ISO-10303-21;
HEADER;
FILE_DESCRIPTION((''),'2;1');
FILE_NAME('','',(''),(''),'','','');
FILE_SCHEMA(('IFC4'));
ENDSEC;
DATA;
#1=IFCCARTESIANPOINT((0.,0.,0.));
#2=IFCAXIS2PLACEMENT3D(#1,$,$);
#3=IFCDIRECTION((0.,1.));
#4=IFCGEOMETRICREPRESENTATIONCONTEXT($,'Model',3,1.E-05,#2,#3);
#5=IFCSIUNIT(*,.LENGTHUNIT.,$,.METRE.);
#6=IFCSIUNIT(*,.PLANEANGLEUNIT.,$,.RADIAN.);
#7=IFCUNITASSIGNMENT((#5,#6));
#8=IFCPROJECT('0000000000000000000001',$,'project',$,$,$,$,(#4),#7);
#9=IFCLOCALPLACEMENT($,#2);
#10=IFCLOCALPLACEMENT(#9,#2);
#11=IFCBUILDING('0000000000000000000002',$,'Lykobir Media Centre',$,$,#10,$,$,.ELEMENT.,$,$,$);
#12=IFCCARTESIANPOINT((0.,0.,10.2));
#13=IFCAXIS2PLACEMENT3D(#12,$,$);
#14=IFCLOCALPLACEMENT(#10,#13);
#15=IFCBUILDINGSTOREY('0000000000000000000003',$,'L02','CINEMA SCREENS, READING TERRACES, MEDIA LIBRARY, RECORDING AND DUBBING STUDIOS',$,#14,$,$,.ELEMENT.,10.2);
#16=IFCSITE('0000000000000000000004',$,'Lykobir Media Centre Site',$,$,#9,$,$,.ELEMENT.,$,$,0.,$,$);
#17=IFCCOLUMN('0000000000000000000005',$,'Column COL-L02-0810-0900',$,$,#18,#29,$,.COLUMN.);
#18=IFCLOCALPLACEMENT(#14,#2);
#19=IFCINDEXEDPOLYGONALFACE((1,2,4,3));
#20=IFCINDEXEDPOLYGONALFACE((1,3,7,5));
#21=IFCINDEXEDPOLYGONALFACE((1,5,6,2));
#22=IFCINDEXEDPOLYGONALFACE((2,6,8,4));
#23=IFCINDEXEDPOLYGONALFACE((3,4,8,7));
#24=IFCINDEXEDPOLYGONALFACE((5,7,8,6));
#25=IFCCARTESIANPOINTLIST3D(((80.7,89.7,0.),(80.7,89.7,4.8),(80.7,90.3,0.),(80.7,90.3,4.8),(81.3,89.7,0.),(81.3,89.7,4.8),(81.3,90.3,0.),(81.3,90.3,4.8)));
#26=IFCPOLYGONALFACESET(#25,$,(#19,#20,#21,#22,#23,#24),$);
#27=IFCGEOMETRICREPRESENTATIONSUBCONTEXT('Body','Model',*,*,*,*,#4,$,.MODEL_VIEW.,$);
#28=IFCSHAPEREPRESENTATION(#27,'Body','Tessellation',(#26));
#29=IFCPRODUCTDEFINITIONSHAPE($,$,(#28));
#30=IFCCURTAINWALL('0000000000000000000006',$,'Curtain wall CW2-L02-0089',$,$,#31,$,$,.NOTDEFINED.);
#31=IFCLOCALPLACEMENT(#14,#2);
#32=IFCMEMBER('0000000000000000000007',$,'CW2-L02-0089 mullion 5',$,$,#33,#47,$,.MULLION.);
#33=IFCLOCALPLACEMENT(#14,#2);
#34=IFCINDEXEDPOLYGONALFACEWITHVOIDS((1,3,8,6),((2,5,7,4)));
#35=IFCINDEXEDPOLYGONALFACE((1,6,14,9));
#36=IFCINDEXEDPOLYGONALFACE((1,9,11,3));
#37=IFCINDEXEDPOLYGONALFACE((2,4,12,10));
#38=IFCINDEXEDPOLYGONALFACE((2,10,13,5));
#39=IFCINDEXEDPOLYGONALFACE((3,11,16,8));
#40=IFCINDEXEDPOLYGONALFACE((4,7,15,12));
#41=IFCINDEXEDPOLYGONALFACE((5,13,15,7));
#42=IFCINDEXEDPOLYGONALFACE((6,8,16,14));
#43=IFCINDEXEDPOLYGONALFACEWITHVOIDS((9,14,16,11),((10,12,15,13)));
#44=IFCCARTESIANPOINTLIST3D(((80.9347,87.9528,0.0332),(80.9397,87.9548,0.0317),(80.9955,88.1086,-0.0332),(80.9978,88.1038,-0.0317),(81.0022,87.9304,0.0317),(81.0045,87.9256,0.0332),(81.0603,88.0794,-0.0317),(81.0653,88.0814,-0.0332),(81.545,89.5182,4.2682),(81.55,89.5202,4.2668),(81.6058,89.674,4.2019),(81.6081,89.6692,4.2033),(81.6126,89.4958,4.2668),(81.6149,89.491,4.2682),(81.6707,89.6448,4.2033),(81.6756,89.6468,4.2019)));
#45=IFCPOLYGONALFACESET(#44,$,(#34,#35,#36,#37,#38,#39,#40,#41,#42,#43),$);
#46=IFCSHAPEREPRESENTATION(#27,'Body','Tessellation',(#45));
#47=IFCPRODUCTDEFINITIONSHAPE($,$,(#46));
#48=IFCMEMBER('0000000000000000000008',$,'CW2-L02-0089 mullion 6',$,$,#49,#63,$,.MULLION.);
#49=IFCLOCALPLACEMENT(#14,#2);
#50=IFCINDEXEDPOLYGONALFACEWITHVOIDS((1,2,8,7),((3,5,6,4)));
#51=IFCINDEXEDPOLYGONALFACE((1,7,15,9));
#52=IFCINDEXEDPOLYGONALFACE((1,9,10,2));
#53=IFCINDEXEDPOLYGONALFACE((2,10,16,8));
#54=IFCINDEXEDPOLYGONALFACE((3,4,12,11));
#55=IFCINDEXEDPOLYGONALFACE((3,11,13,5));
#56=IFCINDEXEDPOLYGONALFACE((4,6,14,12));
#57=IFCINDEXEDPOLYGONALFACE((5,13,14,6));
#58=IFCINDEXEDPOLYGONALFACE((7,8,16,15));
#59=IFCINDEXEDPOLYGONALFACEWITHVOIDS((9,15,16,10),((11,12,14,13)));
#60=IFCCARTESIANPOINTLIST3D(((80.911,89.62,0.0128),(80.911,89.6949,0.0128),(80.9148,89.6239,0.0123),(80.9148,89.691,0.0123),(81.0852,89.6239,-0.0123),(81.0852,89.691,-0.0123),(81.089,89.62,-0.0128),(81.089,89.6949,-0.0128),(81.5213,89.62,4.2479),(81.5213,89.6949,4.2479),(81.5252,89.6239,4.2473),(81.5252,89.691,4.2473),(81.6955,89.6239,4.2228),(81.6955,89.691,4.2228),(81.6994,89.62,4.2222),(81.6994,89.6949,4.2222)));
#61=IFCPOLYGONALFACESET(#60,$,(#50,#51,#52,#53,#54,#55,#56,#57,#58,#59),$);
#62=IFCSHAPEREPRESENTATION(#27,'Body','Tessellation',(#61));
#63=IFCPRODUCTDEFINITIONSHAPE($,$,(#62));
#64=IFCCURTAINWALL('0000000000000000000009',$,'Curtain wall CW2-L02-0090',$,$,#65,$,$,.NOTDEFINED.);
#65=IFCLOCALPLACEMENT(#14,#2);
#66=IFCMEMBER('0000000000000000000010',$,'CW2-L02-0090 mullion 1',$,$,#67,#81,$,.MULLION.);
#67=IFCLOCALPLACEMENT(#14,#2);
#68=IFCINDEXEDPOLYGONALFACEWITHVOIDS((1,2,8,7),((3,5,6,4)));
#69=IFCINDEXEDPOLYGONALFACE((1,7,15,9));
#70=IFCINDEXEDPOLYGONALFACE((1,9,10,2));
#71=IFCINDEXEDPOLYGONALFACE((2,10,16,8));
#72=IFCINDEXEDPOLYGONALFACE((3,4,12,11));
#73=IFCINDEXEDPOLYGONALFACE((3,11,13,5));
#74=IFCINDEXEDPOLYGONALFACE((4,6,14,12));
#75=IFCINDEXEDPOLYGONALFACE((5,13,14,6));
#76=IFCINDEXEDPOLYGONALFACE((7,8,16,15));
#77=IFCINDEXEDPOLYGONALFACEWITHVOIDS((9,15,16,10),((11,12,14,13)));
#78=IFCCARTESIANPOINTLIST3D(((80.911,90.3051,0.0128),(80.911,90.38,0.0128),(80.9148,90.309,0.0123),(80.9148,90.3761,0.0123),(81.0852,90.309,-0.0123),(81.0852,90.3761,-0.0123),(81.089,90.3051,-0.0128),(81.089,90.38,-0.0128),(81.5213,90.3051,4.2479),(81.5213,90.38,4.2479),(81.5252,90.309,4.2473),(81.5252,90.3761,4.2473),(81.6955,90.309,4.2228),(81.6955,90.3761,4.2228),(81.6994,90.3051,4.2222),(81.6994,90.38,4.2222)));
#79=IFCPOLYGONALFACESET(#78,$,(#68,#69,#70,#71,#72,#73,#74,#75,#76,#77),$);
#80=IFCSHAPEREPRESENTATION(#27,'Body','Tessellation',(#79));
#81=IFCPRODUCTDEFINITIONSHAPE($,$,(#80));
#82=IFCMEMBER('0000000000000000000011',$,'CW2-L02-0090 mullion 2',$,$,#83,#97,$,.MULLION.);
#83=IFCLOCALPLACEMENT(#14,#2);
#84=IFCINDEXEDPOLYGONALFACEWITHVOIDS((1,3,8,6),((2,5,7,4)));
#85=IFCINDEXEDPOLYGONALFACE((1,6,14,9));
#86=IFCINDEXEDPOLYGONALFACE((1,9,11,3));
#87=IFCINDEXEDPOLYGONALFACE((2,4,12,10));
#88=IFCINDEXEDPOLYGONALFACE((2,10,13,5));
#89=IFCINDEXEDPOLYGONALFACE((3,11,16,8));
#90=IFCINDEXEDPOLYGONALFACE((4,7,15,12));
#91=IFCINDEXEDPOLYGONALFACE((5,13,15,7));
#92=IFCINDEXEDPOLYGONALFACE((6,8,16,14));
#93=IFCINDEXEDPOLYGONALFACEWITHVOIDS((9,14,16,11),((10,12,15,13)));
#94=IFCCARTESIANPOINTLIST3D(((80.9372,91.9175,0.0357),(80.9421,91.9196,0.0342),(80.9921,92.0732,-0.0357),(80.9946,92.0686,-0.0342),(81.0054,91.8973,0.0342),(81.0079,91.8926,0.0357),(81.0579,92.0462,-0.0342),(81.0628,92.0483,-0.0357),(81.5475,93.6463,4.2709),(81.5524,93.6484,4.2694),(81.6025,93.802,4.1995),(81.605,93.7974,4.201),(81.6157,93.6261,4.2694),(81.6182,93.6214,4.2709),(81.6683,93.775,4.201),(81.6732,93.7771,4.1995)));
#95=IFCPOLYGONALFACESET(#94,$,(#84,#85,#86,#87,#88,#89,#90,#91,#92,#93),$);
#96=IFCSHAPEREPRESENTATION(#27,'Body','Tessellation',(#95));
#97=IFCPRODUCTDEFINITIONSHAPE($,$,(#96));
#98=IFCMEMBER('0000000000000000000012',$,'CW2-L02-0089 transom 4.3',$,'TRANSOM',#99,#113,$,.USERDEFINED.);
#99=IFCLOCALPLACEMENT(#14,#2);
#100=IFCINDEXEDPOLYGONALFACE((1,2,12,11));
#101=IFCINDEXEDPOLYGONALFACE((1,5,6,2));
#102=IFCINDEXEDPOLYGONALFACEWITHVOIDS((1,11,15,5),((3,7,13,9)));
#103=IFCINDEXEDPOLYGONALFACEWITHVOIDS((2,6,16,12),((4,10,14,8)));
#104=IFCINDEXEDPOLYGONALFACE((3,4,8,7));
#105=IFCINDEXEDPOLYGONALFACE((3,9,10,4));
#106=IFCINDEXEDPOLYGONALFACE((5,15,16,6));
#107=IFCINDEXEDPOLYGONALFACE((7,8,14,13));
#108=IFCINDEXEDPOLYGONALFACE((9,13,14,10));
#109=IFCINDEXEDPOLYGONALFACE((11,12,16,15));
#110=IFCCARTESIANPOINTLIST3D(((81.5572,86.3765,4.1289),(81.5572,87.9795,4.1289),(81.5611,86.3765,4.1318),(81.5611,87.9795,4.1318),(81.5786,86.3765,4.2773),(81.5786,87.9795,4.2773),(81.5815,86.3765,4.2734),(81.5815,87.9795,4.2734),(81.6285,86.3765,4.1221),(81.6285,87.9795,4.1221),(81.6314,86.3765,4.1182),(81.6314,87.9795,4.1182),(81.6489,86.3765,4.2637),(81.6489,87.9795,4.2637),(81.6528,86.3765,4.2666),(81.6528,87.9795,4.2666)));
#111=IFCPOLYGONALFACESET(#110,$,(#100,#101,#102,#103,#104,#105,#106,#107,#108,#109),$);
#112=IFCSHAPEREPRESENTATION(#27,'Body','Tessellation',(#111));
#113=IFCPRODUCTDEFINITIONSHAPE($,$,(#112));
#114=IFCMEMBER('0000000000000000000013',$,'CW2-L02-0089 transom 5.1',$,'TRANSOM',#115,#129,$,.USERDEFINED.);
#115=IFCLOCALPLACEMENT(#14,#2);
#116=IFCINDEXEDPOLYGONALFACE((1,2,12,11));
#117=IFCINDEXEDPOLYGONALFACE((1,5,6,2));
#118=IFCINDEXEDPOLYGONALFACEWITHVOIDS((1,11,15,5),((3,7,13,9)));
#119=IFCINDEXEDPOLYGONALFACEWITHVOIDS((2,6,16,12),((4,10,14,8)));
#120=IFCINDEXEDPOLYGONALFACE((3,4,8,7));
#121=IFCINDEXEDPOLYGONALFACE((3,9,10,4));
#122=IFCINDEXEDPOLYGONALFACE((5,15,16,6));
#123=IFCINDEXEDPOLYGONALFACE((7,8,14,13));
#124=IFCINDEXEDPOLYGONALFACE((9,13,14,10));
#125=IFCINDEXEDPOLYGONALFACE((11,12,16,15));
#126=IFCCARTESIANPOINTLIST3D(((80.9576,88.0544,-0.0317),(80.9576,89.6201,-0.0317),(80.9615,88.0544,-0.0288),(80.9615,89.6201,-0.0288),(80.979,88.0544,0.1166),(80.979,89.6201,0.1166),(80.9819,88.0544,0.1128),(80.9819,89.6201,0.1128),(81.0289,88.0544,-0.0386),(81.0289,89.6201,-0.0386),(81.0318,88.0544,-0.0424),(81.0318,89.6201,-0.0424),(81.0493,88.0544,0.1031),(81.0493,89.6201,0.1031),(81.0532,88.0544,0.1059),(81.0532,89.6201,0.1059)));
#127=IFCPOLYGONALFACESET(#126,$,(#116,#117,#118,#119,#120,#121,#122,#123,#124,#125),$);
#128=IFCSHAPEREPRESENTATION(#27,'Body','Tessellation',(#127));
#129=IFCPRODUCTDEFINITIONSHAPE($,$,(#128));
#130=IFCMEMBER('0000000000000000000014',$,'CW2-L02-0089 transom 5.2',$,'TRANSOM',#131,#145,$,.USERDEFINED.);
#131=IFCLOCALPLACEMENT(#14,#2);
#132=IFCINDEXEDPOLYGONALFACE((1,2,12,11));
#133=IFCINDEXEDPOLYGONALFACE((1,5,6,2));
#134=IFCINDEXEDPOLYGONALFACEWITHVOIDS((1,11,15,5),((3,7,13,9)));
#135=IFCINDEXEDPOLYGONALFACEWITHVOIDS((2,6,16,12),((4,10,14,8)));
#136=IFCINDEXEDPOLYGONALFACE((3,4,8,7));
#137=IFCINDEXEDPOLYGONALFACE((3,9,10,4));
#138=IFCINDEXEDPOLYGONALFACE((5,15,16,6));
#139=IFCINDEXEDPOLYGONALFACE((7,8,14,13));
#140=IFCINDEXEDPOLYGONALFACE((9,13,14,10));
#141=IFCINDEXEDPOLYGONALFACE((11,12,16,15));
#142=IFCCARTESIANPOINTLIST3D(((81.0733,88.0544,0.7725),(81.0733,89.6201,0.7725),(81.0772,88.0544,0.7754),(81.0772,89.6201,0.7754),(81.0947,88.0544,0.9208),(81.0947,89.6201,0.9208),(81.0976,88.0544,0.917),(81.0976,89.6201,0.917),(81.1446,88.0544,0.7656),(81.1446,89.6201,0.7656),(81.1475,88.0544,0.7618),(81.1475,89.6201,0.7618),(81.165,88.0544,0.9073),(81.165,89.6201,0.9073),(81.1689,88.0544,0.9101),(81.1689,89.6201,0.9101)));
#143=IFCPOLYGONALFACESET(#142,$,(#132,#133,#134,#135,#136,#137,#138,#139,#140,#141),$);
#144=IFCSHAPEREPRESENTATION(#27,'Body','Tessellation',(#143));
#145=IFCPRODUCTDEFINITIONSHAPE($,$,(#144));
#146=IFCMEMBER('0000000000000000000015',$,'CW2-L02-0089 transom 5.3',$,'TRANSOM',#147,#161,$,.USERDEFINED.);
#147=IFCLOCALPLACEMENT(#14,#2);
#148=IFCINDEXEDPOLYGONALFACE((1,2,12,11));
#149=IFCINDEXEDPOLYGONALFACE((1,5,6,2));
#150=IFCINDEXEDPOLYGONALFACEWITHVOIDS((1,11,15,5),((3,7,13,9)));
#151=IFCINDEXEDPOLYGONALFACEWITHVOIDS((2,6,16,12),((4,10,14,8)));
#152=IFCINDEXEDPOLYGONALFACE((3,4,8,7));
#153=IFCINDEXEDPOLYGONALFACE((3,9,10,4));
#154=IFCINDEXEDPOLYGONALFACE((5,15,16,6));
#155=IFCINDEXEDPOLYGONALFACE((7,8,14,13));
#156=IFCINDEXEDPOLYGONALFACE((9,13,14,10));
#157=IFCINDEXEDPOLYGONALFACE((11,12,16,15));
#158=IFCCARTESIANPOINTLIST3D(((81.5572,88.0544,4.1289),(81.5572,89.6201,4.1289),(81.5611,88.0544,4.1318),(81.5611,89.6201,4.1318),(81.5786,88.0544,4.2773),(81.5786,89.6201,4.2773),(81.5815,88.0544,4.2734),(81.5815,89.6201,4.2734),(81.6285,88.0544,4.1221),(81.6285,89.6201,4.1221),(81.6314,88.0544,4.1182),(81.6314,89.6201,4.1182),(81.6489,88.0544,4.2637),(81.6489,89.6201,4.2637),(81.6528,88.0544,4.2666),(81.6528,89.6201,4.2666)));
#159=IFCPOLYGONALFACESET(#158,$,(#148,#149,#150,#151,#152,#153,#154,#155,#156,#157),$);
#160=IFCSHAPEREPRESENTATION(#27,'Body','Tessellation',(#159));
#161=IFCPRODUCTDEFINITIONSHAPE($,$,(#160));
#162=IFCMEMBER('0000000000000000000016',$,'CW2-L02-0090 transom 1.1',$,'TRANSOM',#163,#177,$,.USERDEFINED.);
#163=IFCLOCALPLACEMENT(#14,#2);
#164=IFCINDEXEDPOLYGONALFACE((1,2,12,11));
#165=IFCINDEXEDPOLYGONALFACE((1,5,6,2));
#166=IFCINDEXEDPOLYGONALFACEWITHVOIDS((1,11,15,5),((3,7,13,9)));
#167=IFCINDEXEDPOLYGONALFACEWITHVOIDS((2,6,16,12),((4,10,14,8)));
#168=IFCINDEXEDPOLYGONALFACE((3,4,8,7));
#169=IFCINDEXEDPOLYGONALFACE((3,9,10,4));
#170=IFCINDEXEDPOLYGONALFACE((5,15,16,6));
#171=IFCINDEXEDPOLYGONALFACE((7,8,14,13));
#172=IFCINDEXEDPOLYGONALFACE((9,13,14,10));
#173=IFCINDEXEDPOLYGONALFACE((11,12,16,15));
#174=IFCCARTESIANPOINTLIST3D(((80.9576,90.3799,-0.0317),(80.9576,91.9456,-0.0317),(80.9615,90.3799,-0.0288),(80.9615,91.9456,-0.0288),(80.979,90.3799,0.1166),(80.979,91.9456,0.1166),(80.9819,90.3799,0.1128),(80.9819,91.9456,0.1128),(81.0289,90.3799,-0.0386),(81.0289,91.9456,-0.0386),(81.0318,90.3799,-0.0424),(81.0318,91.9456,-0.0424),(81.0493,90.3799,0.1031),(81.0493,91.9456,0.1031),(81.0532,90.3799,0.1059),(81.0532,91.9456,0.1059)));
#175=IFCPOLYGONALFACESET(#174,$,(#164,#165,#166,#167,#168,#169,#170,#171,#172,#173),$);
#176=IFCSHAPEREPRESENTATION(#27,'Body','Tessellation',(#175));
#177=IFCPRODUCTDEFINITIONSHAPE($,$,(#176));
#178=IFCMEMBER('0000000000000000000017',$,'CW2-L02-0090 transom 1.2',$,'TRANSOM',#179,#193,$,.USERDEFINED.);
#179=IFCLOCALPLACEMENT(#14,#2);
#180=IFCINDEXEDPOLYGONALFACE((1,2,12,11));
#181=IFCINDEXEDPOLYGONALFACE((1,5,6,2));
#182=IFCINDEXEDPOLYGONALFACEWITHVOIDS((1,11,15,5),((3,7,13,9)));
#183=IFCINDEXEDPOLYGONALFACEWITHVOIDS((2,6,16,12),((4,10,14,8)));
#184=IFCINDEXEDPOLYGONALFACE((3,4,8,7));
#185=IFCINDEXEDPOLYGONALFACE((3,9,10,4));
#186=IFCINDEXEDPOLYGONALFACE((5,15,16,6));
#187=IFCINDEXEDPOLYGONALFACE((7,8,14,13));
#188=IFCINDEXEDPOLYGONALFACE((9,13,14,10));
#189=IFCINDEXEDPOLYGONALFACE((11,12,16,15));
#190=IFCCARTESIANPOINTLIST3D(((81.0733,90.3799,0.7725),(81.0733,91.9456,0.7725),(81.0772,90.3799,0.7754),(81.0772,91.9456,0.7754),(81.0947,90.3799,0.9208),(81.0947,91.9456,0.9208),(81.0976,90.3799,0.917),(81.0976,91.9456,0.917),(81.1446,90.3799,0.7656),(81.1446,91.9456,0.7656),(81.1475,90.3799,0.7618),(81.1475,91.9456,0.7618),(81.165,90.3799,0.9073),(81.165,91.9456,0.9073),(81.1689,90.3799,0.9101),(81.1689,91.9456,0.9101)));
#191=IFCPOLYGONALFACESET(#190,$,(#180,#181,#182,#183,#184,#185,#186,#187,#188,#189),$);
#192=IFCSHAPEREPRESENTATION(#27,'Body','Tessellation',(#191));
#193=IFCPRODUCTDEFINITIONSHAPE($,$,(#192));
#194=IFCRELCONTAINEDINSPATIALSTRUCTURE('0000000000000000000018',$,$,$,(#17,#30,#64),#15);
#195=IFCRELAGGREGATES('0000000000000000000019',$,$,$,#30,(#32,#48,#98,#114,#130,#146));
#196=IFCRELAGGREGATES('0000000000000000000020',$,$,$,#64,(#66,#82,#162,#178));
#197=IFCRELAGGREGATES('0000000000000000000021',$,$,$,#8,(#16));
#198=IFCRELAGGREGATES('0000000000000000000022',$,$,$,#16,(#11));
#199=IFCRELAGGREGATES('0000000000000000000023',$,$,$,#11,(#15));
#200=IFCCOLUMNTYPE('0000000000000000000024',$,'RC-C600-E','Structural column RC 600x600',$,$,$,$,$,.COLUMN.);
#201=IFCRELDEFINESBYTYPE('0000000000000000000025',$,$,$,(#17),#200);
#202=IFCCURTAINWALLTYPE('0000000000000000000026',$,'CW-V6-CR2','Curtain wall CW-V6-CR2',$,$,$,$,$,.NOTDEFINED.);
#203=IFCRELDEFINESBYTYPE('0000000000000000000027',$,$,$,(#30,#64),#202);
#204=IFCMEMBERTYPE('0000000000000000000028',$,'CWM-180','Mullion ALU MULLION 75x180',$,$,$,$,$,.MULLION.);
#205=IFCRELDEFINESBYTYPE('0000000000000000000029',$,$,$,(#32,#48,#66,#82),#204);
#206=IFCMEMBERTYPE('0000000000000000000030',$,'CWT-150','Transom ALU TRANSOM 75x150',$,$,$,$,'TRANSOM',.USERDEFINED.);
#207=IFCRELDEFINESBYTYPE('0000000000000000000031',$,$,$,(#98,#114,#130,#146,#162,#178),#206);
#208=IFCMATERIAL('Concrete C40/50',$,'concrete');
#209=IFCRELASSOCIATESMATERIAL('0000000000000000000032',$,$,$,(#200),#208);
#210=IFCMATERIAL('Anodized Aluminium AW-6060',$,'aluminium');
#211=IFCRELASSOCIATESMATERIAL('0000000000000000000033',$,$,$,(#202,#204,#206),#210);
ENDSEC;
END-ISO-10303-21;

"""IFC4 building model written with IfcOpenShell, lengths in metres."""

from ifc_helpers import new_model, si_unit, direction, frame, origin, origin_2d, place, context, subcontext, project, spatial, rectangle, hollow_rectangle, extrude, material, material_profile, profile_set, type_object, element, aggregate, save


model = new_model("IFC4")

# Units and contexts
model_context = context("Model", 3, precision=1e-05, world=origin(), true_north=direction((0.0, 1.0)))
body_context = subcontext(model_context, "Body", "Model", "MODEL_VIEW")
ifc_project = project(units=[si_unit("LENGTHUNIT", "METRE"), si_unit("PLANEANGLEUNIT", "RADIAN")], contexts=[model_context])

# Site, building, storey
site_placement = place(None, origin())
site = spatial("IfcSite", under=ifc_project, at=site_placement, Name="Lykobir Media Centre Site", CompositionType="ELEMENT", RefElevation=0.0)
building_placement = place(site_placement, origin())
building = spatial("IfcBuilding", under=site, at=building_placement, Name="Lykobir Media Centre", CompositionType="ELEMENT")
storey_placement = place(building_placement, frame((0.0, 0.0, 10.2)))
storey = spatial("IfcBuildingStorey", under=building, at=storey_placement, Name="L02", Description="CINEMA SCREENS, READING TERRACES, MEDIA LIBRARY, RECORDING AND DUBBING STUDIOS", CompositionType="ELEMENT", Elevation=10.2)

# Column
ifc_material_1 = material(Name="Concrete C40/50", Category="concrete")
ifc_material_profile_1 = material_profile(ifc_material_1, rectangle(XDim=0.6001, YDim=0.6001, at=origin_2d()), Name="RC 600x600")
ifc_profile_set_1 = profile_set([ifc_material_profile_1], Name="Concrete C40/50")
column_type = type_object("IfcColumnType", Name="RC-C600-E", Description="Structural column RC 600x600", PredefinedType="COLUMN", material=ifc_profile_set_1)
column_placement = place(storey_placement, frame((81.0, 90.0, 0.0), z_axis=(0.0, 0.0, 1.0), x_axis=(1.0, 0.0, 0.0)))
element("IfcColumn", 1, at=column_placement, inside=storey, type_object=column_type, Name="Column COL-L02-0810-0900", PredefinedType="COLUMN", context=body_context, shape_type="SweptSolid", body=[
    extrude(rectangle(XDim=0.6001, YDim=0.6001, at=origin_2d()), origin(), (0.0, 0.0, 1.0), 4.8),
])

# Curtain walls, members
ifc_material_2 = material(Name="Anodized Aluminium AW-6060", Category="aluminium")
curtain_wall_type = type_object("IfcCurtainWallType", Name="CW-V6-CR2", Description="Curtain wall CW-V6-CR2", PredefinedType="NOTDEFINED", material=ifc_material_2)
curtain_wall_1_placement = place(storey_placement, origin())
curtain_wall_1 = element("IfcCurtainWall", 2, at=curtain_wall_1_placement, inside=storey, type_object=curtain_wall_type, Name="Curtain wall CW2-L02-0089", PredefinedType="NOTDEFINED")
ifc_material_profile_2 = material_profile(ifc_material_2, hollow_rectangle(XDim=0.075, YDim=0.1799, WallThickness=0.0039, at=origin_2d()), Name="ALU MULLION 75x180")
ifc_profile_set_2 = profile_set([ifc_material_profile_2], Name="Anodized Aluminium AW-6060")
member_type_1 = type_object("IfcMemberType", Name="CWM-180", Description="Mullion ALU MULLION 75x180", PredefinedType="MULLION", material=ifc_profile_set_2)
member_1_placement = place(storey_placement, frame((81.0, 88.0171, 0.0), z_axis=(0.13396, 0.34358, 0.92952), x_axis=(0.931688, -0.36326, 0.0)))
member_1 = element("IfcMember", 3, at=member_1_placement, type_object=member_type_1, Name="CW2-L02-0089 mullion 5", PredefinedType="MULLION", context=body_context, shape_type="SweptSolid", body=[
    extrude(hollow_rectangle(XDim=0.075, YDim=0.1799, WallThickness=0.0039, at=origin_2d()), origin(), (0.0, 0.0, 1.0), 4.5562),
])
member_2_placement = place(storey_placement, frame((81.0, 89.6575, 0.0), z_axis=(0.142643, 0.0, 0.989774), x_axis=(0.0, -1.0, 0.0)))
member_2 = element("IfcMember", 4, at=member_2_placement, type_object=member_type_1, Name="CW2-L02-0089 mullion 6", PredefinedType="MULLION", context=body_context, shape_type="SweptSolid", body=[
    extrude(hollow_rectangle(XDim=0.075, YDim=0.1799, WallThickness=0.0039, at=origin_2d()), origin(), (0.0, 0.0, 1.0), 4.2788),
])
curtain_wall_2_placement = place(storey_placement, origin())
curtain_wall_2 = element("IfcCurtainWall", 5, at=curtain_wall_2_placement, inside=storey, type_object=curtain_wall_type, Name="Curtain wall CW2-L02-0090", PredefinedType="NOTDEFINED")
member_3_placement = place(storey_placement, frame((81.0, 90.3425, 0.0), z_axis=(0.142643, 0.0, 0.989774), x_axis=(0.0, -1.0, 0.0)))
member_3 = element("IfcMember", 6, at=member_3_placement, type_object=member_type_1, Name="CW2-L02-0090 mullion 1", PredefinedType="MULLION", context=body_context, shape_type="SweptSolid", body=[
    extrude(hollow_rectangle(XDim=0.075, YDim=0.1799, WallThickness=0.0039, at=origin_2d()), origin(), (0.0, 0.0, 1.0), 4.2788),
])
member_4_placement = place(storey_placement, frame((81.0, 91.9829, 0.0), z_axis=(0.132257, 0.374604, 0.917704), x_axis=(0.942956, -0.332918, 0.0)))
member_4 = element("IfcMember", 7, at=member_4_placement, type_object=member_type_1, Name="CW2-L02-0090 mullion 2", PredefinedType="MULLION", context=body_context, shape_type="SweptSolid", body=[
    extrude(hollow_rectangle(XDim=0.075, YDim=0.1799, WallThickness=0.0039, at=origin_2d()), origin(), (0.0, 0.0, 1.0), 4.615),
])

# Members
ifc_material_profile_3 = material_profile(ifc_material_2, hollow_rectangle(XDim=0.075, YDim=0.1499, WallThickness=0.0034, at=origin_2d()), Name="ALU TRANSOM 75x150")
ifc_profile_set_3 = profile_set([ifc_material_profile_3], Name="Anodized Aluminium AW-6060")
member_type_2 = type_object("IfcMemberType", Name="CWT-150", Description="Transom ALU TRANSOM 75x150", ElementType="TRANSOM", PredefinedType="USERDEFINED", material=ifc_profile_set_3)
member_5_placement = place(storey_placement, frame((81.605, 86.3765, 4.1978), z_axis=(0.0, 1.0, 0.0), x_axis=(-0.989776, 0.0, 0.142629)))
member_5 = element("IfcMember", 8, at=member_5_placement, type_object=member_type_2, Name="CW2-L02-0089 transom 4.3", ObjectType="TRANSOM", PredefinedType="USERDEFINED", context=body_context, shape_type="SweptSolid", body=[
    extrude(hollow_rectangle(XDim=0.075, YDim=0.1499, WallThickness=0.0034, at=origin_2d()), origin(), (0.0, 0.0, 1.0), 1.603),
])
member_6_placement = place(storey_placement, frame((81.0054, 88.0544, 0.0371), z_axis=(0.0, 1.0, 0.0), x_axis=(-0.989776, 0.0, 0.142629)))
member_6 = element("IfcMember", 9, at=member_6_placement, type_object=member_type_2, Name="CW2-L02-0089 transom 5.1", ObjectType="TRANSOM", PredefinedType="USERDEFINED", context=body_context, shape_type="SweptSolid", body=[
    extrude(hollow_rectangle(XDim=0.075, YDim=0.1499, WallThickness=0.0034, at=origin_2d()), origin(), (0.0, 0.0, 1.0), 1.5657),
])
member_7_placement = place(storey_placement, frame((81.1211, 88.0544, 0.8413), z_axis=(0.0, 1.0, 0.0), x_axis=(-0.989776, 0.0, 0.142629)))
member_7 = element("IfcMember", 10, at=member_7_placement, type_object=member_type_2, Name="CW2-L02-0089 transom 5.2", ObjectType="TRANSOM", PredefinedType="USERDEFINED", context=body_context, shape_type="SweptSolid", body=[
    extrude(hollow_rectangle(XDim=0.075, YDim=0.1499, WallThickness=0.0034, at=origin_2d()), origin(), (0.0, 0.0, 1.0), 1.5657),
])
member_8_placement = place(storey_placement, frame((81.605, 88.0544, 4.1978), z_axis=(0.0, 1.0, 0.0), x_axis=(-0.989776, 0.0, 0.142629)))
member_8 = element("IfcMember", 11, at=member_8_placement, type_object=member_type_2, Name="CW2-L02-0089 transom 5.3", ObjectType="TRANSOM", PredefinedType="USERDEFINED", context=body_context, shape_type="SweptSolid", body=[
    extrude(hollow_rectangle(XDim=0.075, YDim=0.1499, WallThickness=0.0034, at=origin_2d()), origin(), (0.0, 0.0, 1.0), 1.5657),
])
member_9_placement = place(storey_placement, frame((81.0054, 90.3799, 0.0371), z_axis=(0.0, 1.0, 0.0), x_axis=(-0.989776, 0.0, 0.142629)))
member_9 = element("IfcMember", 12, at=member_9_placement, type_object=member_type_2, Name="CW2-L02-0090 transom 1.1", ObjectType="TRANSOM", PredefinedType="USERDEFINED", context=body_context, shape_type="SweptSolid", body=[
    extrude(hollow_rectangle(XDim=0.075, YDim=0.1499, WallThickness=0.0034, at=origin_2d()), origin(), (0.0, 0.0, 1.0), 1.5657),
])
member_10_placement = place(storey_placement, frame((81.1211, 90.3799, 0.8413), z_axis=(0.0, 1.0, 0.0), x_axis=(-0.989776, 0.0, 0.142629)))
member_10 = element("IfcMember", 13, at=member_10_placement, type_object=member_type_2, Name="CW2-L02-0090 transom 1.2", ObjectType="TRANSOM", PredefinedType="USERDEFINED", context=body_context, shape_type="SweptSolid", body=[
    extrude(hollow_rectangle(XDim=0.075, YDim=0.1499, WallThickness=0.0034, at=origin_2d()), origin(), (0.0, 0.0, 1.0), 1.5657),
])

aggregate(curtain_wall_1, [member_1, member_2, member_5, member_6, member_7, member_8])
aggregate(curtain_wall_2, [member_3, member_4, member_9, member_10])

save(model, "model.ifc")
